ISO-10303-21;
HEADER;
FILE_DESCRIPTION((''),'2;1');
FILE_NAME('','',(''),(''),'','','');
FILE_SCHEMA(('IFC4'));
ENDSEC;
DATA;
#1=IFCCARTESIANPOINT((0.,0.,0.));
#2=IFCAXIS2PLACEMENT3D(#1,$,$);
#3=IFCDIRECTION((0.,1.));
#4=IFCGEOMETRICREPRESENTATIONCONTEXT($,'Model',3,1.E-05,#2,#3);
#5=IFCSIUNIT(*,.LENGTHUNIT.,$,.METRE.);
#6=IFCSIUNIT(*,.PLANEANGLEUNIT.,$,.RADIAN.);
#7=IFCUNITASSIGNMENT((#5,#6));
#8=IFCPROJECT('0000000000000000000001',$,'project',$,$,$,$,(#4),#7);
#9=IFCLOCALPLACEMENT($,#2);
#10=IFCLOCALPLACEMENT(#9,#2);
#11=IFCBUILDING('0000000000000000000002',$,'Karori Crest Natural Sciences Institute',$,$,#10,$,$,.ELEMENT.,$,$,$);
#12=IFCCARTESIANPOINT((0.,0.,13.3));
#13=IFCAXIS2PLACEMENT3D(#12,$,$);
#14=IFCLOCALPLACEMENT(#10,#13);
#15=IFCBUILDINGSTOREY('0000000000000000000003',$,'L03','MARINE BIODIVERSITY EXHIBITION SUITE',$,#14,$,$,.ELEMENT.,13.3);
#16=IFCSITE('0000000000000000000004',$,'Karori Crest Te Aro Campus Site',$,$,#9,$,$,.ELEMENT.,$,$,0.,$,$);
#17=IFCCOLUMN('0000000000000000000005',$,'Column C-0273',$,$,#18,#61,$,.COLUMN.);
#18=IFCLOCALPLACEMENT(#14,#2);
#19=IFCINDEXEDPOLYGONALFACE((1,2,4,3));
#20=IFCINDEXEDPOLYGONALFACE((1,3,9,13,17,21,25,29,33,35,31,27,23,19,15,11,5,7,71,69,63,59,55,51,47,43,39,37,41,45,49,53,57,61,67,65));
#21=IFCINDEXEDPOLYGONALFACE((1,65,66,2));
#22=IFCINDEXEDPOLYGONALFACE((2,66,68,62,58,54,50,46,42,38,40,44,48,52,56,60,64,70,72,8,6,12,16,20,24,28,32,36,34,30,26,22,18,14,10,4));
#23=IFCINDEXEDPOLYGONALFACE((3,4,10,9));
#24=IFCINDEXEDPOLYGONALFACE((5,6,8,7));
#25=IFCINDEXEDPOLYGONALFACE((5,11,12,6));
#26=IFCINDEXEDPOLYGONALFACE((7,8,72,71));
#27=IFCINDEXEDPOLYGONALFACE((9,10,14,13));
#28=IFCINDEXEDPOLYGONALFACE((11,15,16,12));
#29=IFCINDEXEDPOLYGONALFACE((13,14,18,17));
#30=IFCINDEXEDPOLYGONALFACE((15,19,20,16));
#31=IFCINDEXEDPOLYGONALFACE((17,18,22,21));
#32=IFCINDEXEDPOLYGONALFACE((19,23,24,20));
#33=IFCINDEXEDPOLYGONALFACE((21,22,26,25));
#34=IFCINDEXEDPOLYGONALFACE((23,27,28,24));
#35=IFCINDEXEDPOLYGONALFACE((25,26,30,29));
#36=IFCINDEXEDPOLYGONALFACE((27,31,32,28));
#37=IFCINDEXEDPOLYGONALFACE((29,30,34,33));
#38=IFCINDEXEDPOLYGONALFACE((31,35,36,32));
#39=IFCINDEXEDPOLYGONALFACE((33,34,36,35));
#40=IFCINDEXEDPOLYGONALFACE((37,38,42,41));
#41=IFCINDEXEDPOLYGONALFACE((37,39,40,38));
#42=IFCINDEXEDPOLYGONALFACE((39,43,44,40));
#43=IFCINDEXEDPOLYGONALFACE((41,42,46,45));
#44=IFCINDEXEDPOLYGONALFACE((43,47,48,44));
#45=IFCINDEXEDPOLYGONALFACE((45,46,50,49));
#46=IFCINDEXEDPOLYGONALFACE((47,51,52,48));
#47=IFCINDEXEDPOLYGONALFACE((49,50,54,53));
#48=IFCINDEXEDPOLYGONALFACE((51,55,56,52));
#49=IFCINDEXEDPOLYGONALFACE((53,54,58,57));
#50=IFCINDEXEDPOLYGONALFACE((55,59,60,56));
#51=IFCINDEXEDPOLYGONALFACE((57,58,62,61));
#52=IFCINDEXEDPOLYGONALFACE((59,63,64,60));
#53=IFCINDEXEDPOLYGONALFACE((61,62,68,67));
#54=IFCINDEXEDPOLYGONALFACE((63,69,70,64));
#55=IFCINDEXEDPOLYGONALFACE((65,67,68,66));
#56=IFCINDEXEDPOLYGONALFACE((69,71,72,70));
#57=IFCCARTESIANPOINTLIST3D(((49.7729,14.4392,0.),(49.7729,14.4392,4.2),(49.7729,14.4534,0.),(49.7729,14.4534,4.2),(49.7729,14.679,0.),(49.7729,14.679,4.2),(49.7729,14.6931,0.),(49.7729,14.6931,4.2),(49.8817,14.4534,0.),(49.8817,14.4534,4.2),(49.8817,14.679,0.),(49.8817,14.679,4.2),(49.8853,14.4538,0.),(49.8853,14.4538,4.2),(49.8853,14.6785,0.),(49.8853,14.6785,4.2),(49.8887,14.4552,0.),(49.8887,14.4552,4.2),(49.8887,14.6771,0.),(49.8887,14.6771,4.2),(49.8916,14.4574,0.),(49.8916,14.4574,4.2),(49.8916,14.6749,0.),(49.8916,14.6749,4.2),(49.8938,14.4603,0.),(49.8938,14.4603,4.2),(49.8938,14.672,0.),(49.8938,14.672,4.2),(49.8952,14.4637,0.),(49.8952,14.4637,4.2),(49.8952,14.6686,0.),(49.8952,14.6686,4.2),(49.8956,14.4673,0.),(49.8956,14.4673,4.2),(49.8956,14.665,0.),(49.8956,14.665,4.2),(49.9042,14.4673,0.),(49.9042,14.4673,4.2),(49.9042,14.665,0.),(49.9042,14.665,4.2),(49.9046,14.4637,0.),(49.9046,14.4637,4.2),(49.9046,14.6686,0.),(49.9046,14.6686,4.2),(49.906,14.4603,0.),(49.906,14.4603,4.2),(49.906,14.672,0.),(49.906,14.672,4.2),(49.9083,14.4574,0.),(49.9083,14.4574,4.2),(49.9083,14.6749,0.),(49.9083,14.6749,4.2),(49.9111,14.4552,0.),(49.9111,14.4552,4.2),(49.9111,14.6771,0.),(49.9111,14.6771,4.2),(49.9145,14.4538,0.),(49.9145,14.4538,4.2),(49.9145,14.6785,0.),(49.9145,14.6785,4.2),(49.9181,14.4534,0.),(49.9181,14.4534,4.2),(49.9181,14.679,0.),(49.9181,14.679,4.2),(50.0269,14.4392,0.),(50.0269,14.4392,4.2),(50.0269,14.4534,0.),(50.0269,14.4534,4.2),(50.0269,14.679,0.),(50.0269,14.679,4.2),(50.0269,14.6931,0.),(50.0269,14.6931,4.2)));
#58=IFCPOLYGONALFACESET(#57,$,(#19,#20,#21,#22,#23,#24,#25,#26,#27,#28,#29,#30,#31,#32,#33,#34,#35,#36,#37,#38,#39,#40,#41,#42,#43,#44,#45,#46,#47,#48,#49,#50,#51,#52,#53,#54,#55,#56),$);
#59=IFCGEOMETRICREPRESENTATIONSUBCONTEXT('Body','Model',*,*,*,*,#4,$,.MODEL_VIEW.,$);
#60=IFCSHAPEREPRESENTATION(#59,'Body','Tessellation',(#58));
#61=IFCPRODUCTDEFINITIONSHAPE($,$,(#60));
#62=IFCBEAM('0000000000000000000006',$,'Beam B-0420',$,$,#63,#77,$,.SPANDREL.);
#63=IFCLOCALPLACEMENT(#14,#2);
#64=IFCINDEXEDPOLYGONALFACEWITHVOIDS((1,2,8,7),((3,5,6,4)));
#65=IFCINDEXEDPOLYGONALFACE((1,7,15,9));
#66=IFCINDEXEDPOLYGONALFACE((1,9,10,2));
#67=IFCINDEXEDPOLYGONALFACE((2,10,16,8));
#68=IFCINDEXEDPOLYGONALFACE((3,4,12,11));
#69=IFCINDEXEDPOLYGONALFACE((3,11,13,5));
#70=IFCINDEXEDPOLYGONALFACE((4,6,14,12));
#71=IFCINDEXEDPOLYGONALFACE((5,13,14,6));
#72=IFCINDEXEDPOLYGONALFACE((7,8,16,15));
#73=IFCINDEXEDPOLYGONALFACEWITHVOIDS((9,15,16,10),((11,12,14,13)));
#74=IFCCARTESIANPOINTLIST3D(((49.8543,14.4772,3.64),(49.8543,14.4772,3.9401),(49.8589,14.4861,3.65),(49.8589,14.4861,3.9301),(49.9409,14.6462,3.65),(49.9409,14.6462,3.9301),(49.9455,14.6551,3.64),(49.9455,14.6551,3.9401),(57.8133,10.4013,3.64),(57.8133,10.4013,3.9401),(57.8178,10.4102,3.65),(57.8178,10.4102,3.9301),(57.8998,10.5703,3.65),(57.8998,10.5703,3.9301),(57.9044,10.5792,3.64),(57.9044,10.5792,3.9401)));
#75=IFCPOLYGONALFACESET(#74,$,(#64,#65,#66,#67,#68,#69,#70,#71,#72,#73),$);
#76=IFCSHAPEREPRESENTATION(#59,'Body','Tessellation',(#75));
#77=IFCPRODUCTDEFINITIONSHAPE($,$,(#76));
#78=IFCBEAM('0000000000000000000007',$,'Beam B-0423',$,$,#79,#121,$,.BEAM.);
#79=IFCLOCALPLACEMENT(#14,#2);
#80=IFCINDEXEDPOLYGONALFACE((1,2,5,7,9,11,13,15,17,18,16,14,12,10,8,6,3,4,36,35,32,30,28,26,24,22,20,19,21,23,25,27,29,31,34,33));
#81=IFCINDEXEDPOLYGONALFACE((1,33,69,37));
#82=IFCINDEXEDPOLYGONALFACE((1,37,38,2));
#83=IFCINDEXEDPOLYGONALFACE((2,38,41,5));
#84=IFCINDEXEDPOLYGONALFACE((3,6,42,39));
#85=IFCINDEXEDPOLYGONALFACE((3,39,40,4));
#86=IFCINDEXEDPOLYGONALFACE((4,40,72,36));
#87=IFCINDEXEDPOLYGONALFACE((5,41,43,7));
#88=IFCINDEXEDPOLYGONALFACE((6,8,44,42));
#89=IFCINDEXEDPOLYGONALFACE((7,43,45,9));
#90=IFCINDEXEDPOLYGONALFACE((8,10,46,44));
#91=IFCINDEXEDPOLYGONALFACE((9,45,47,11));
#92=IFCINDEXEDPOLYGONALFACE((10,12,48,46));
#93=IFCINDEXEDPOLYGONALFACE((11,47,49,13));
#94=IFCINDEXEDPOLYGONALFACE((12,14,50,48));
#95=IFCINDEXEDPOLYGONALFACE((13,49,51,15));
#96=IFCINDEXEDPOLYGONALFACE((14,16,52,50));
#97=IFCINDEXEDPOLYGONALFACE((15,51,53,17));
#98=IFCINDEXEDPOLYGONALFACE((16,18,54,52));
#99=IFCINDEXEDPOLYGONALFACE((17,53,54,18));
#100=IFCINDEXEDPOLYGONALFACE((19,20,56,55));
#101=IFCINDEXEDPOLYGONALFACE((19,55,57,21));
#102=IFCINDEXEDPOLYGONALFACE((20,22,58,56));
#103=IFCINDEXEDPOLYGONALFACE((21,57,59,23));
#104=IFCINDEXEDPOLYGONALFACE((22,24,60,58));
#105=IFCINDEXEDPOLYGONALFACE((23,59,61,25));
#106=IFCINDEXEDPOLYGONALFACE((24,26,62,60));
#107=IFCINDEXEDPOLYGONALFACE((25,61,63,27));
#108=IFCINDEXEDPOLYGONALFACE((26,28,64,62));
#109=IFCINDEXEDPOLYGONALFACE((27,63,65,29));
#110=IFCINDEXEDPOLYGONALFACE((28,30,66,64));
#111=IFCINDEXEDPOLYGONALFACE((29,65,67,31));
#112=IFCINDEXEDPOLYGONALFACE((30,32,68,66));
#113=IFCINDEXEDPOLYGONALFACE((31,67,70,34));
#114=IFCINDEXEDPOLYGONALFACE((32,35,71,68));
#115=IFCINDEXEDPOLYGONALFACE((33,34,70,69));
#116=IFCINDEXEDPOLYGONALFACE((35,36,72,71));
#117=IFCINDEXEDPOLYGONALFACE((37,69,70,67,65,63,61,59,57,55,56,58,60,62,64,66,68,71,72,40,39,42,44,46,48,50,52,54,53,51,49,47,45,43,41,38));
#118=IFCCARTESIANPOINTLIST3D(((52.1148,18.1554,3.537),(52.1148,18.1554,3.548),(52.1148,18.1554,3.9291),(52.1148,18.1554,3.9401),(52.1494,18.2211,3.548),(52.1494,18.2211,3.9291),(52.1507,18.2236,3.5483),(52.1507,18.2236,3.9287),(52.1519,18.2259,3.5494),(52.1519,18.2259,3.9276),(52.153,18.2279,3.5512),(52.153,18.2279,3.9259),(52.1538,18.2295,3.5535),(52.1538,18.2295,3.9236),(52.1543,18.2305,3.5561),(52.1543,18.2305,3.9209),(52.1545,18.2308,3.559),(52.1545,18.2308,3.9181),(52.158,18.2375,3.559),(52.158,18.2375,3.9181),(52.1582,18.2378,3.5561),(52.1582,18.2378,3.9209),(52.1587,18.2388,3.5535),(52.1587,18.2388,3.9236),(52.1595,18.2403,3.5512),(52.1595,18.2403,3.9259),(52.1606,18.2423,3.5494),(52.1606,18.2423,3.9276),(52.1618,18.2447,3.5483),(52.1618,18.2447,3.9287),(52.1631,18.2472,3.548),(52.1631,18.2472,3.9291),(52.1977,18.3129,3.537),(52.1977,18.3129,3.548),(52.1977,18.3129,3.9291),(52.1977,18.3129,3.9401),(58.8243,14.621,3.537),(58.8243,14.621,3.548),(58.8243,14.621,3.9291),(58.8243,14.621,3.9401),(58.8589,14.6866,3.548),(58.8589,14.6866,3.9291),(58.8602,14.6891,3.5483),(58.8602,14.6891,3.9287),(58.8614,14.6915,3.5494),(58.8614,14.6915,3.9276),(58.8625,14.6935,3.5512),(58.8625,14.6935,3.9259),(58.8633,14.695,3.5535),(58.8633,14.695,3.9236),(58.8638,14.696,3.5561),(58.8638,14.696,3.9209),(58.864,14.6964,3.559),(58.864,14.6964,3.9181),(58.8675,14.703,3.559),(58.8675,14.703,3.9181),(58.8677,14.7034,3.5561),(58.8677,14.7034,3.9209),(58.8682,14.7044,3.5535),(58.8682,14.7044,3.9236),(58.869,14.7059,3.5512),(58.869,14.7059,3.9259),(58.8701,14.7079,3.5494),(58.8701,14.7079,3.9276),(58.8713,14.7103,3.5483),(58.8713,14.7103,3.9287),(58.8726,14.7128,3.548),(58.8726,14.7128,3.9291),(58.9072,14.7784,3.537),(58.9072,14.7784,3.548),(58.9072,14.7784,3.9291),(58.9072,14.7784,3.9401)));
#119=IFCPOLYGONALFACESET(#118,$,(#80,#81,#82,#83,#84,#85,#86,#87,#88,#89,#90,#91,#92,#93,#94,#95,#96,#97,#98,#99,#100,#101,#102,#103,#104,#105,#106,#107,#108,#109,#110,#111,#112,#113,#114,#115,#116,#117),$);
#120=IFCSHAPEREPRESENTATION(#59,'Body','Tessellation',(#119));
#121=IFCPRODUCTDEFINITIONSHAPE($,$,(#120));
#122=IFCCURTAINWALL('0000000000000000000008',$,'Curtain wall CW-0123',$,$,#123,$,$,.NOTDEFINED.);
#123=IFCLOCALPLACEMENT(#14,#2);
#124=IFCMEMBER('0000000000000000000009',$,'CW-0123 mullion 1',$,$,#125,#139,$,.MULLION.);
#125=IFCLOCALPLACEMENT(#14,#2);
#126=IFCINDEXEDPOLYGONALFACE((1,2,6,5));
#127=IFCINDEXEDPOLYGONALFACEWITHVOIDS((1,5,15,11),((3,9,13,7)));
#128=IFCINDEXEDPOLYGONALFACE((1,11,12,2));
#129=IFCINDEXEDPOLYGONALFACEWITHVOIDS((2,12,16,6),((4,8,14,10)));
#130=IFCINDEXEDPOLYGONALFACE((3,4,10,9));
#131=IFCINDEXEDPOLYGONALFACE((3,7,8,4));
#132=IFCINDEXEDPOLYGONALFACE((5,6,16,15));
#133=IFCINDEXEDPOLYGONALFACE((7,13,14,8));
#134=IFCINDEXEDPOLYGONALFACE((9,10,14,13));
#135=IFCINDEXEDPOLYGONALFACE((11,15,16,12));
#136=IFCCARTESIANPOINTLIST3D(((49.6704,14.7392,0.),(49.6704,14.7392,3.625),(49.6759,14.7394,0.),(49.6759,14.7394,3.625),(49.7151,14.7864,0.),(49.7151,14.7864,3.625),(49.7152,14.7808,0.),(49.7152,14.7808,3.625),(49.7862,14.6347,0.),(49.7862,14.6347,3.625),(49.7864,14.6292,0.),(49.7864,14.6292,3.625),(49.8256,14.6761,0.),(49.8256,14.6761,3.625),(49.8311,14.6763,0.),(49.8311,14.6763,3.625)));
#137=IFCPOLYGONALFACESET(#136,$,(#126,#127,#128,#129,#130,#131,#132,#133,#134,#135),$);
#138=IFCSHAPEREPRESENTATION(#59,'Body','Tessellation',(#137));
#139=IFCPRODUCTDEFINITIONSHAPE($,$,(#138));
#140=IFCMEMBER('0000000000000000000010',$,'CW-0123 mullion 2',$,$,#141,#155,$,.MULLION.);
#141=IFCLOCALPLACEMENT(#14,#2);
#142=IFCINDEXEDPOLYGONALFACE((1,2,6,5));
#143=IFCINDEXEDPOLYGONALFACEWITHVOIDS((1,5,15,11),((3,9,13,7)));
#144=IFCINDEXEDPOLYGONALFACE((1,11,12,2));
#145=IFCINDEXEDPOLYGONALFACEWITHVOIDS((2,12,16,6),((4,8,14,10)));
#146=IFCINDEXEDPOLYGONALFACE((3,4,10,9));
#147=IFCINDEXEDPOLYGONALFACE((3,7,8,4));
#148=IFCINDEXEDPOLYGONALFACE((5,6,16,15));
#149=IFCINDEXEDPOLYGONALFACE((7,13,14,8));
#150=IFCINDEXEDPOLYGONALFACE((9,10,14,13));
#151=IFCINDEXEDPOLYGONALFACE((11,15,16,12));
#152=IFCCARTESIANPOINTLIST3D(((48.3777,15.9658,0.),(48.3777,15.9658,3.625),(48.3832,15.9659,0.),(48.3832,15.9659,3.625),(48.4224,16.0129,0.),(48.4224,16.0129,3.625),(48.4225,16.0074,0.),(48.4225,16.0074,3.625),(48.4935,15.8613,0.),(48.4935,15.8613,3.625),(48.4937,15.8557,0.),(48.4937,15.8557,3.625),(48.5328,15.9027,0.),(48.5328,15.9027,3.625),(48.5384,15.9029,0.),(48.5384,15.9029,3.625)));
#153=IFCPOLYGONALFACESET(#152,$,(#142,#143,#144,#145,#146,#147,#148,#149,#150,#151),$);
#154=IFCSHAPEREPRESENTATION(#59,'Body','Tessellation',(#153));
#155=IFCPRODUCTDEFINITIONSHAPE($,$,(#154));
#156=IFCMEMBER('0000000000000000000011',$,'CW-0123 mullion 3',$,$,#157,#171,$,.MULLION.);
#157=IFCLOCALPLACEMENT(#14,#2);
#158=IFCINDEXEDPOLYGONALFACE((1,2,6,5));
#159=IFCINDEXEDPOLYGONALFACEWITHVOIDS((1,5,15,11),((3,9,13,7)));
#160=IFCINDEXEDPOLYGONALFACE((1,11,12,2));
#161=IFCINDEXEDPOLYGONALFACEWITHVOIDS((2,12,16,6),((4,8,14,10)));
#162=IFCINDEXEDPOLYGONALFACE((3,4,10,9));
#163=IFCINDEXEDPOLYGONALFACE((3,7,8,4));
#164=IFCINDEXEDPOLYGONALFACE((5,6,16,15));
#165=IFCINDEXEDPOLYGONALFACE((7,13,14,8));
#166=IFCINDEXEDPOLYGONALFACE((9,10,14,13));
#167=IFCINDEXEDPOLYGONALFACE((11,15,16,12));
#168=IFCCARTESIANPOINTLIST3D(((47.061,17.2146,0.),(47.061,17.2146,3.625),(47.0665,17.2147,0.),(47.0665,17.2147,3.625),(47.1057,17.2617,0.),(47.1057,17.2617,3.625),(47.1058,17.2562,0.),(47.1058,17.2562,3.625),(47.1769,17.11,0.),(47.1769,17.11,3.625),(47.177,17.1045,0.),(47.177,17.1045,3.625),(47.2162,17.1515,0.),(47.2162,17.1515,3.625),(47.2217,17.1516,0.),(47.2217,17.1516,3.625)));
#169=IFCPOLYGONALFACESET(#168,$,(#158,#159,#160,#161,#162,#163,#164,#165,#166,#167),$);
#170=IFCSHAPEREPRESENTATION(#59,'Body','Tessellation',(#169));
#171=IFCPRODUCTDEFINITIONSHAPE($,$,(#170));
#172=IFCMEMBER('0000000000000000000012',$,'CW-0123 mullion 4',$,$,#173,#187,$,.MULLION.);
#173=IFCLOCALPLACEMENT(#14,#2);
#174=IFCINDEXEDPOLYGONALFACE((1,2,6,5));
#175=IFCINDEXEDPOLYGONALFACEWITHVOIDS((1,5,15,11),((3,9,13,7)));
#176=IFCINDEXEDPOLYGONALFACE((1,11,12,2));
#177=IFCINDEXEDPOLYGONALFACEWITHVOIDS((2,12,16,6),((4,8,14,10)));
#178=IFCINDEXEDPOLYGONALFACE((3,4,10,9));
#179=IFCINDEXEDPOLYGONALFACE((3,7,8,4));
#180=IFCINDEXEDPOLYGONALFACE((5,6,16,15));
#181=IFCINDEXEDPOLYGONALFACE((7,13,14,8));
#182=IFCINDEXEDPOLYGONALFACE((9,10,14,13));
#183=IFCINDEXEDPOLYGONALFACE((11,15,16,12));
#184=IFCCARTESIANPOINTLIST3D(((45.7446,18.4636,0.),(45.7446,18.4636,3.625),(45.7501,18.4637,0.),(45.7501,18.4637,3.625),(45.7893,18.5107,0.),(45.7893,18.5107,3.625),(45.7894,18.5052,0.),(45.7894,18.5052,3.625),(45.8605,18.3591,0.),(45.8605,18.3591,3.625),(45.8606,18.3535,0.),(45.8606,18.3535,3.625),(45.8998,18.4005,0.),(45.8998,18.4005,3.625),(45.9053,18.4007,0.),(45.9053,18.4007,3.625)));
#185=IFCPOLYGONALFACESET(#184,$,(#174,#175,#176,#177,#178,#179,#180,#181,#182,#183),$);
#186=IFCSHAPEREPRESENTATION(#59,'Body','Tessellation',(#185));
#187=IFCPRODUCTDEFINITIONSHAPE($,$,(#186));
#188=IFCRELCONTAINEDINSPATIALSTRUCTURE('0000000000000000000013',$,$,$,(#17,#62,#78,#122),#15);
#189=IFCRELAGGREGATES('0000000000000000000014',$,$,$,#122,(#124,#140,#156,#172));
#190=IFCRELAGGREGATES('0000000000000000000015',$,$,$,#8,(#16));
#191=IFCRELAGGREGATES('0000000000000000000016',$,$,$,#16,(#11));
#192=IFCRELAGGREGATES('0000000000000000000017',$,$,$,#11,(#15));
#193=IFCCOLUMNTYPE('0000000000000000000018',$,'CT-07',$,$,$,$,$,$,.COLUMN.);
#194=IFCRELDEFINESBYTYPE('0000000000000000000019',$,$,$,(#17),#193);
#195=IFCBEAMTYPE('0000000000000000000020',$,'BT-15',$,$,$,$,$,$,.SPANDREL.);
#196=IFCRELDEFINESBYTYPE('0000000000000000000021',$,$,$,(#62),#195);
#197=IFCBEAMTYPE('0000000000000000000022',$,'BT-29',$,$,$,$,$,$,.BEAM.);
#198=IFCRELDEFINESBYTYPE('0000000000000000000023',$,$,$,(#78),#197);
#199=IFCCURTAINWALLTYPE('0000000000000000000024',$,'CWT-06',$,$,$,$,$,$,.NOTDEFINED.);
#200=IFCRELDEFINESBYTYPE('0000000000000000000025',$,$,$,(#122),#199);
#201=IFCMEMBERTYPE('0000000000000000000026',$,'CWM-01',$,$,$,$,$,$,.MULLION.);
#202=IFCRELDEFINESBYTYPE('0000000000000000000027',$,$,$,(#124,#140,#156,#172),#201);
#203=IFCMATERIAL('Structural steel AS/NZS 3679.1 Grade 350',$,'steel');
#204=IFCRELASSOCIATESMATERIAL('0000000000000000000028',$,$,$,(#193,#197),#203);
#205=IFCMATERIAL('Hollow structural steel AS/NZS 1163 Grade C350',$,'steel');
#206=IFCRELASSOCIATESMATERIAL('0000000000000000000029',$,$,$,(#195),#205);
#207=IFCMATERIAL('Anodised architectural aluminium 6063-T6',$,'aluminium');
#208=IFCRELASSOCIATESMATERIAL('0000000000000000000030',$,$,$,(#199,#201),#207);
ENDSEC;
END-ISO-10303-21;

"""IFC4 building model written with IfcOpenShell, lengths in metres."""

from ifc_helpers import new_model, si_unit, direction, frame, origin, origin_2d, place, context, subcontext, project, spatial, hollow_rectangle, i_section, extrude, material, material_profile, profile_set, type_object, element, aggregate, save


model = new_model("IFC4")

# Units and contexts
model_context = context("Model", 3, precision=1e-05, world=origin(), true_north=direction((0.0, 1.0)))
body_context = subcontext(model_context, "Body", "Model", "MODEL_VIEW")
ifc_project = project(units=[si_unit("LENGTHUNIT", "METRE"), si_unit("PLANEANGLEUNIT", "RADIAN")], contexts=[model_context])

# Site, building, storey
site_placement = place(None, origin())
site = spatial("IfcSite", under=ifc_project, at=site_placement, Name="Karori Crest Te Aro Campus Site", CompositionType="ELEMENT", RefElevation=0.0)
building_placement = place(site_placement, origin())
building = spatial("IfcBuilding", under=site, at=building_placement, Name="Karori Crest Natural Sciences Institute", CompositionType="ELEMENT")
storey_placement = place(building_placement, frame((0.0, 0.0, 13.3)))
storey = spatial("IfcBuildingStorey", under=building, at=storey_placement, Name="L03", Description="MARINE BIODIVERSITY EXHIBITION SUITE", CompositionType="ELEMENT", Elevation=13.3)

# Column
ifc_material_1 = material(Name="Structural steel AS/NZS 3679.1 Grade 350", Category="steel")
ifc_material_profile_1 = material_profile(ifc_material_1, i_section(OverallWidth=0.2539, OverallDepth=0.2539, WebThickness=0.0085, FlangeThickness=0.0142, FilletRadius=0.0139, at=origin_2d()), Name="250UC72.9")
ifc_profile_set_1 = profile_set([ifc_material_profile_1], Name="Structural steel AS/NZS 3679.1 Grade 350")
column_type = type_object("IfcColumnType", Name="CT-07", PredefinedType="COLUMN", material=ifc_profile_set_1)
column_placement = place(storey_placement, frame((49.8999, 14.5662, 0.0), z_axis=(0.0, 0.0, 1.0), x_axis=(1.0, 0.0, 0.0)))
element("IfcColumn", 1, at=column_placement, inside=storey, type_object=column_type, Name="Column C-0273", PredefinedType="COLUMN", context=body_context, shape_type="SweptSolid", body=[
    extrude(i_section(OverallWidth=0.2539, OverallDepth=0.2539, WebThickness=0.0085, FlangeThickness=0.0142, FilletRadius=0.0139, at=origin_2d()), origin(), (0.0, 0.0, 1.0), 4.2),
])

# Beams
ifc_material_2 = material(Name="Hollow structural steel AS/NZS 1163 Grade C350", Category="steel")
ifc_material_profile_2 = material_profile(ifc_material_2, hollow_rectangle(XDim=0.2, YDim=0.3, WallThickness=0.01, at=origin_2d()), Name="RHS300x200x10")
ifc_profile_set_2 = profile_set([ifc_material_profile_2], Name="Hollow structural steel AS/NZS 1163 Grade C350")
beam_type_1 = type_object("IfcBeamType", Name="BT-15", PredefinedType="SPANDREL", material=ifc_profile_set_2)
beam_1_placement = place(storey_placement, frame((49.8999, 14.5662, 3.79), z_axis=(0.890072, -0.45582, 0.0), x_axis=(0.45582, 0.890072, 0.0)))
element("IfcBeam", 2, at=beam_1_placement, inside=storey, type_object=beam_type_1, Name="Beam B-0420", PredefinedType="SPANDREL", context=body_context, shape_type="SweptSolid", body=[
    extrude(hollow_rectangle(XDim=0.2, YDim=0.3, WallThickness=0.01, at=origin_2d()), origin(), (0.0, 0.0, 1.0), 8.9419),
])
ifc_material_profile_3 = material_profile(ifc_material_1, i_section(OverallWidth=0.178, OverallDepth=0.4031, WebThickness=0.0076, FlangeThickness=0.011, FilletRadius=0.011, at=origin_2d()), Name="410UB53.7")
ifc_profile_set_3 = profile_set([ifc_material_profile_3], Name="Structural steel AS/NZS 3679.1 Grade 350")
beam_type_2 = type_object("IfcBeamType", Name="BT-29", PredefinedType="BEAM", material=ifc_profile_set_3)
beam_2_placement = place(storey_placement, frame((52.1562, 18.2341, 3.7385), z_axis=(0.884748, -0.466069, 0.0), x_axis=(0.466069, 0.884748, 0.0)))
element("IfcBeam", 3, at=beam_2_placement, inside=storey, type_object=beam_type_2, Name="Beam B-0423", PredefinedType="BEAM", context=body_context, shape_type="SweptSolid", body=[
    extrude(i_section(OverallWidth=0.178, OverallDepth=0.4031, WebThickness=0.0076, FlangeThickness=0.011, FilletRadius=0.011, at=origin_2d()), origin(), (0.0, 0.0, 1.0), 7.5835),
])

# Curtain wall, members
ifc_material_3 = material(Name="Anodised architectural aluminium 6063-T6", Category="aluminium")
curtain_wall_type_1 = type_object("IfcCurtainWallType", Name="CWT-06", PredefinedType="NOTDEFINED", material=ifc_material_3)
curtain_wall_1_placement = place(storey_placement, origin())
curtain_wall_1 = element("IfcCurtainWall", 4, at=curtain_wall_1_placement, inside=storey, type_object=curtain_wall_type_1, Name="Curtain wall CW-0123", PredefinedType="NOTDEFINED")
ifc_material_profile_4 = material_profile(ifc_material_3, hollow_rectangle(XDim=0.0649, YDim=0.1599, WallThickness=0.0039, at=origin_2d()), Name="CWM160x65x4")
ifc_profile_set_4 = profile_set([ifc_material_profile_4], Name="Anodised architectural aluminium 6063-T6")
member_type_1 = type_object("IfcMemberType", Name="CWM-01", PredefinedType="MULLION", material=ifc_profile_set_4)
member_1_placement = place(storey_placement, frame((49.7507, 14.7078, 0.0), z_axis=(0.0, 0.0, 1.0), x_axis=(-0.688252, -0.725471, 0.0)))
member_1 = element("IfcMember", 5, at=member_1_placement, type_object=member_type_1, Name="CW-0123 mullion 1", PredefinedType="MULLION", context=body_context, shape_type="SweptSolid", body=[
    extrude(hollow_rectangle(XDim=0.0649, YDim=0.1599, WallThickness=0.0039, at=origin_2d()), origin(), (0.0, 0.0, 1.0), 3.625),
])
member_2_placement = place(storey_placement, frame((48.458, 15.9343, 0.0), z_axis=(0.0, 0.0, 1.0), x_axis=(-0.688252, -0.725471, 0.0)))
member_2 = element("IfcMember", 6, at=member_2_placement, type_object=member_type_1, Name="CW-0123 mullion 2", PredefinedType="MULLION", context=body_context, shape_type="SweptSolid", body=[
    extrude(hollow_rectangle(XDim=0.0649, YDim=0.1599, WallThickness=0.0039, at=origin_2d()), origin(), (0.0, 0.0, 1.0), 3.625),
])
member_3_placement = place(storey_placement, frame((47.1414, 17.1831, 0.0), z_axis=(0.0, 0.0, 1.0), x_axis=(-0.688252, -0.725471, 0.0)))
member_3 = element("IfcMember", 7, at=member_3_placement, type_object=member_type_1, Name="CW-0123 mullion 3", PredefinedType="MULLION", context=body_context, shape_type="SweptSolid", body=[
    extrude(hollow_rectangle(XDim=0.0649, YDim=0.1599, WallThickness=0.0039, at=origin_2d()), origin(), (0.0, 0.0, 1.0), 3.625),
])
member_4_placement = place(storey_placement, frame((45.825, 18.4321, 0.0), z_axis=(0.0, 0.0, 1.0), x_axis=(-0.688252, -0.725471, 0.0)))
member_4 = element("IfcMember", 8, at=member_4_placement, type_object=member_type_1, Name="CW-0123 mullion 4", PredefinedType="MULLION", context=body_context, shape_type="SweptSolid", body=[
    extrude(hollow_rectangle(XDim=0.0649, YDim=0.1599, WallThickness=0.0039, at=origin_2d()), origin(), (0.0, 0.0, 1.0), 3.625),
])

aggregate(curtain_wall_1, [member_1, member_2, member_3, member_4])

save(model, "model.ifc")
